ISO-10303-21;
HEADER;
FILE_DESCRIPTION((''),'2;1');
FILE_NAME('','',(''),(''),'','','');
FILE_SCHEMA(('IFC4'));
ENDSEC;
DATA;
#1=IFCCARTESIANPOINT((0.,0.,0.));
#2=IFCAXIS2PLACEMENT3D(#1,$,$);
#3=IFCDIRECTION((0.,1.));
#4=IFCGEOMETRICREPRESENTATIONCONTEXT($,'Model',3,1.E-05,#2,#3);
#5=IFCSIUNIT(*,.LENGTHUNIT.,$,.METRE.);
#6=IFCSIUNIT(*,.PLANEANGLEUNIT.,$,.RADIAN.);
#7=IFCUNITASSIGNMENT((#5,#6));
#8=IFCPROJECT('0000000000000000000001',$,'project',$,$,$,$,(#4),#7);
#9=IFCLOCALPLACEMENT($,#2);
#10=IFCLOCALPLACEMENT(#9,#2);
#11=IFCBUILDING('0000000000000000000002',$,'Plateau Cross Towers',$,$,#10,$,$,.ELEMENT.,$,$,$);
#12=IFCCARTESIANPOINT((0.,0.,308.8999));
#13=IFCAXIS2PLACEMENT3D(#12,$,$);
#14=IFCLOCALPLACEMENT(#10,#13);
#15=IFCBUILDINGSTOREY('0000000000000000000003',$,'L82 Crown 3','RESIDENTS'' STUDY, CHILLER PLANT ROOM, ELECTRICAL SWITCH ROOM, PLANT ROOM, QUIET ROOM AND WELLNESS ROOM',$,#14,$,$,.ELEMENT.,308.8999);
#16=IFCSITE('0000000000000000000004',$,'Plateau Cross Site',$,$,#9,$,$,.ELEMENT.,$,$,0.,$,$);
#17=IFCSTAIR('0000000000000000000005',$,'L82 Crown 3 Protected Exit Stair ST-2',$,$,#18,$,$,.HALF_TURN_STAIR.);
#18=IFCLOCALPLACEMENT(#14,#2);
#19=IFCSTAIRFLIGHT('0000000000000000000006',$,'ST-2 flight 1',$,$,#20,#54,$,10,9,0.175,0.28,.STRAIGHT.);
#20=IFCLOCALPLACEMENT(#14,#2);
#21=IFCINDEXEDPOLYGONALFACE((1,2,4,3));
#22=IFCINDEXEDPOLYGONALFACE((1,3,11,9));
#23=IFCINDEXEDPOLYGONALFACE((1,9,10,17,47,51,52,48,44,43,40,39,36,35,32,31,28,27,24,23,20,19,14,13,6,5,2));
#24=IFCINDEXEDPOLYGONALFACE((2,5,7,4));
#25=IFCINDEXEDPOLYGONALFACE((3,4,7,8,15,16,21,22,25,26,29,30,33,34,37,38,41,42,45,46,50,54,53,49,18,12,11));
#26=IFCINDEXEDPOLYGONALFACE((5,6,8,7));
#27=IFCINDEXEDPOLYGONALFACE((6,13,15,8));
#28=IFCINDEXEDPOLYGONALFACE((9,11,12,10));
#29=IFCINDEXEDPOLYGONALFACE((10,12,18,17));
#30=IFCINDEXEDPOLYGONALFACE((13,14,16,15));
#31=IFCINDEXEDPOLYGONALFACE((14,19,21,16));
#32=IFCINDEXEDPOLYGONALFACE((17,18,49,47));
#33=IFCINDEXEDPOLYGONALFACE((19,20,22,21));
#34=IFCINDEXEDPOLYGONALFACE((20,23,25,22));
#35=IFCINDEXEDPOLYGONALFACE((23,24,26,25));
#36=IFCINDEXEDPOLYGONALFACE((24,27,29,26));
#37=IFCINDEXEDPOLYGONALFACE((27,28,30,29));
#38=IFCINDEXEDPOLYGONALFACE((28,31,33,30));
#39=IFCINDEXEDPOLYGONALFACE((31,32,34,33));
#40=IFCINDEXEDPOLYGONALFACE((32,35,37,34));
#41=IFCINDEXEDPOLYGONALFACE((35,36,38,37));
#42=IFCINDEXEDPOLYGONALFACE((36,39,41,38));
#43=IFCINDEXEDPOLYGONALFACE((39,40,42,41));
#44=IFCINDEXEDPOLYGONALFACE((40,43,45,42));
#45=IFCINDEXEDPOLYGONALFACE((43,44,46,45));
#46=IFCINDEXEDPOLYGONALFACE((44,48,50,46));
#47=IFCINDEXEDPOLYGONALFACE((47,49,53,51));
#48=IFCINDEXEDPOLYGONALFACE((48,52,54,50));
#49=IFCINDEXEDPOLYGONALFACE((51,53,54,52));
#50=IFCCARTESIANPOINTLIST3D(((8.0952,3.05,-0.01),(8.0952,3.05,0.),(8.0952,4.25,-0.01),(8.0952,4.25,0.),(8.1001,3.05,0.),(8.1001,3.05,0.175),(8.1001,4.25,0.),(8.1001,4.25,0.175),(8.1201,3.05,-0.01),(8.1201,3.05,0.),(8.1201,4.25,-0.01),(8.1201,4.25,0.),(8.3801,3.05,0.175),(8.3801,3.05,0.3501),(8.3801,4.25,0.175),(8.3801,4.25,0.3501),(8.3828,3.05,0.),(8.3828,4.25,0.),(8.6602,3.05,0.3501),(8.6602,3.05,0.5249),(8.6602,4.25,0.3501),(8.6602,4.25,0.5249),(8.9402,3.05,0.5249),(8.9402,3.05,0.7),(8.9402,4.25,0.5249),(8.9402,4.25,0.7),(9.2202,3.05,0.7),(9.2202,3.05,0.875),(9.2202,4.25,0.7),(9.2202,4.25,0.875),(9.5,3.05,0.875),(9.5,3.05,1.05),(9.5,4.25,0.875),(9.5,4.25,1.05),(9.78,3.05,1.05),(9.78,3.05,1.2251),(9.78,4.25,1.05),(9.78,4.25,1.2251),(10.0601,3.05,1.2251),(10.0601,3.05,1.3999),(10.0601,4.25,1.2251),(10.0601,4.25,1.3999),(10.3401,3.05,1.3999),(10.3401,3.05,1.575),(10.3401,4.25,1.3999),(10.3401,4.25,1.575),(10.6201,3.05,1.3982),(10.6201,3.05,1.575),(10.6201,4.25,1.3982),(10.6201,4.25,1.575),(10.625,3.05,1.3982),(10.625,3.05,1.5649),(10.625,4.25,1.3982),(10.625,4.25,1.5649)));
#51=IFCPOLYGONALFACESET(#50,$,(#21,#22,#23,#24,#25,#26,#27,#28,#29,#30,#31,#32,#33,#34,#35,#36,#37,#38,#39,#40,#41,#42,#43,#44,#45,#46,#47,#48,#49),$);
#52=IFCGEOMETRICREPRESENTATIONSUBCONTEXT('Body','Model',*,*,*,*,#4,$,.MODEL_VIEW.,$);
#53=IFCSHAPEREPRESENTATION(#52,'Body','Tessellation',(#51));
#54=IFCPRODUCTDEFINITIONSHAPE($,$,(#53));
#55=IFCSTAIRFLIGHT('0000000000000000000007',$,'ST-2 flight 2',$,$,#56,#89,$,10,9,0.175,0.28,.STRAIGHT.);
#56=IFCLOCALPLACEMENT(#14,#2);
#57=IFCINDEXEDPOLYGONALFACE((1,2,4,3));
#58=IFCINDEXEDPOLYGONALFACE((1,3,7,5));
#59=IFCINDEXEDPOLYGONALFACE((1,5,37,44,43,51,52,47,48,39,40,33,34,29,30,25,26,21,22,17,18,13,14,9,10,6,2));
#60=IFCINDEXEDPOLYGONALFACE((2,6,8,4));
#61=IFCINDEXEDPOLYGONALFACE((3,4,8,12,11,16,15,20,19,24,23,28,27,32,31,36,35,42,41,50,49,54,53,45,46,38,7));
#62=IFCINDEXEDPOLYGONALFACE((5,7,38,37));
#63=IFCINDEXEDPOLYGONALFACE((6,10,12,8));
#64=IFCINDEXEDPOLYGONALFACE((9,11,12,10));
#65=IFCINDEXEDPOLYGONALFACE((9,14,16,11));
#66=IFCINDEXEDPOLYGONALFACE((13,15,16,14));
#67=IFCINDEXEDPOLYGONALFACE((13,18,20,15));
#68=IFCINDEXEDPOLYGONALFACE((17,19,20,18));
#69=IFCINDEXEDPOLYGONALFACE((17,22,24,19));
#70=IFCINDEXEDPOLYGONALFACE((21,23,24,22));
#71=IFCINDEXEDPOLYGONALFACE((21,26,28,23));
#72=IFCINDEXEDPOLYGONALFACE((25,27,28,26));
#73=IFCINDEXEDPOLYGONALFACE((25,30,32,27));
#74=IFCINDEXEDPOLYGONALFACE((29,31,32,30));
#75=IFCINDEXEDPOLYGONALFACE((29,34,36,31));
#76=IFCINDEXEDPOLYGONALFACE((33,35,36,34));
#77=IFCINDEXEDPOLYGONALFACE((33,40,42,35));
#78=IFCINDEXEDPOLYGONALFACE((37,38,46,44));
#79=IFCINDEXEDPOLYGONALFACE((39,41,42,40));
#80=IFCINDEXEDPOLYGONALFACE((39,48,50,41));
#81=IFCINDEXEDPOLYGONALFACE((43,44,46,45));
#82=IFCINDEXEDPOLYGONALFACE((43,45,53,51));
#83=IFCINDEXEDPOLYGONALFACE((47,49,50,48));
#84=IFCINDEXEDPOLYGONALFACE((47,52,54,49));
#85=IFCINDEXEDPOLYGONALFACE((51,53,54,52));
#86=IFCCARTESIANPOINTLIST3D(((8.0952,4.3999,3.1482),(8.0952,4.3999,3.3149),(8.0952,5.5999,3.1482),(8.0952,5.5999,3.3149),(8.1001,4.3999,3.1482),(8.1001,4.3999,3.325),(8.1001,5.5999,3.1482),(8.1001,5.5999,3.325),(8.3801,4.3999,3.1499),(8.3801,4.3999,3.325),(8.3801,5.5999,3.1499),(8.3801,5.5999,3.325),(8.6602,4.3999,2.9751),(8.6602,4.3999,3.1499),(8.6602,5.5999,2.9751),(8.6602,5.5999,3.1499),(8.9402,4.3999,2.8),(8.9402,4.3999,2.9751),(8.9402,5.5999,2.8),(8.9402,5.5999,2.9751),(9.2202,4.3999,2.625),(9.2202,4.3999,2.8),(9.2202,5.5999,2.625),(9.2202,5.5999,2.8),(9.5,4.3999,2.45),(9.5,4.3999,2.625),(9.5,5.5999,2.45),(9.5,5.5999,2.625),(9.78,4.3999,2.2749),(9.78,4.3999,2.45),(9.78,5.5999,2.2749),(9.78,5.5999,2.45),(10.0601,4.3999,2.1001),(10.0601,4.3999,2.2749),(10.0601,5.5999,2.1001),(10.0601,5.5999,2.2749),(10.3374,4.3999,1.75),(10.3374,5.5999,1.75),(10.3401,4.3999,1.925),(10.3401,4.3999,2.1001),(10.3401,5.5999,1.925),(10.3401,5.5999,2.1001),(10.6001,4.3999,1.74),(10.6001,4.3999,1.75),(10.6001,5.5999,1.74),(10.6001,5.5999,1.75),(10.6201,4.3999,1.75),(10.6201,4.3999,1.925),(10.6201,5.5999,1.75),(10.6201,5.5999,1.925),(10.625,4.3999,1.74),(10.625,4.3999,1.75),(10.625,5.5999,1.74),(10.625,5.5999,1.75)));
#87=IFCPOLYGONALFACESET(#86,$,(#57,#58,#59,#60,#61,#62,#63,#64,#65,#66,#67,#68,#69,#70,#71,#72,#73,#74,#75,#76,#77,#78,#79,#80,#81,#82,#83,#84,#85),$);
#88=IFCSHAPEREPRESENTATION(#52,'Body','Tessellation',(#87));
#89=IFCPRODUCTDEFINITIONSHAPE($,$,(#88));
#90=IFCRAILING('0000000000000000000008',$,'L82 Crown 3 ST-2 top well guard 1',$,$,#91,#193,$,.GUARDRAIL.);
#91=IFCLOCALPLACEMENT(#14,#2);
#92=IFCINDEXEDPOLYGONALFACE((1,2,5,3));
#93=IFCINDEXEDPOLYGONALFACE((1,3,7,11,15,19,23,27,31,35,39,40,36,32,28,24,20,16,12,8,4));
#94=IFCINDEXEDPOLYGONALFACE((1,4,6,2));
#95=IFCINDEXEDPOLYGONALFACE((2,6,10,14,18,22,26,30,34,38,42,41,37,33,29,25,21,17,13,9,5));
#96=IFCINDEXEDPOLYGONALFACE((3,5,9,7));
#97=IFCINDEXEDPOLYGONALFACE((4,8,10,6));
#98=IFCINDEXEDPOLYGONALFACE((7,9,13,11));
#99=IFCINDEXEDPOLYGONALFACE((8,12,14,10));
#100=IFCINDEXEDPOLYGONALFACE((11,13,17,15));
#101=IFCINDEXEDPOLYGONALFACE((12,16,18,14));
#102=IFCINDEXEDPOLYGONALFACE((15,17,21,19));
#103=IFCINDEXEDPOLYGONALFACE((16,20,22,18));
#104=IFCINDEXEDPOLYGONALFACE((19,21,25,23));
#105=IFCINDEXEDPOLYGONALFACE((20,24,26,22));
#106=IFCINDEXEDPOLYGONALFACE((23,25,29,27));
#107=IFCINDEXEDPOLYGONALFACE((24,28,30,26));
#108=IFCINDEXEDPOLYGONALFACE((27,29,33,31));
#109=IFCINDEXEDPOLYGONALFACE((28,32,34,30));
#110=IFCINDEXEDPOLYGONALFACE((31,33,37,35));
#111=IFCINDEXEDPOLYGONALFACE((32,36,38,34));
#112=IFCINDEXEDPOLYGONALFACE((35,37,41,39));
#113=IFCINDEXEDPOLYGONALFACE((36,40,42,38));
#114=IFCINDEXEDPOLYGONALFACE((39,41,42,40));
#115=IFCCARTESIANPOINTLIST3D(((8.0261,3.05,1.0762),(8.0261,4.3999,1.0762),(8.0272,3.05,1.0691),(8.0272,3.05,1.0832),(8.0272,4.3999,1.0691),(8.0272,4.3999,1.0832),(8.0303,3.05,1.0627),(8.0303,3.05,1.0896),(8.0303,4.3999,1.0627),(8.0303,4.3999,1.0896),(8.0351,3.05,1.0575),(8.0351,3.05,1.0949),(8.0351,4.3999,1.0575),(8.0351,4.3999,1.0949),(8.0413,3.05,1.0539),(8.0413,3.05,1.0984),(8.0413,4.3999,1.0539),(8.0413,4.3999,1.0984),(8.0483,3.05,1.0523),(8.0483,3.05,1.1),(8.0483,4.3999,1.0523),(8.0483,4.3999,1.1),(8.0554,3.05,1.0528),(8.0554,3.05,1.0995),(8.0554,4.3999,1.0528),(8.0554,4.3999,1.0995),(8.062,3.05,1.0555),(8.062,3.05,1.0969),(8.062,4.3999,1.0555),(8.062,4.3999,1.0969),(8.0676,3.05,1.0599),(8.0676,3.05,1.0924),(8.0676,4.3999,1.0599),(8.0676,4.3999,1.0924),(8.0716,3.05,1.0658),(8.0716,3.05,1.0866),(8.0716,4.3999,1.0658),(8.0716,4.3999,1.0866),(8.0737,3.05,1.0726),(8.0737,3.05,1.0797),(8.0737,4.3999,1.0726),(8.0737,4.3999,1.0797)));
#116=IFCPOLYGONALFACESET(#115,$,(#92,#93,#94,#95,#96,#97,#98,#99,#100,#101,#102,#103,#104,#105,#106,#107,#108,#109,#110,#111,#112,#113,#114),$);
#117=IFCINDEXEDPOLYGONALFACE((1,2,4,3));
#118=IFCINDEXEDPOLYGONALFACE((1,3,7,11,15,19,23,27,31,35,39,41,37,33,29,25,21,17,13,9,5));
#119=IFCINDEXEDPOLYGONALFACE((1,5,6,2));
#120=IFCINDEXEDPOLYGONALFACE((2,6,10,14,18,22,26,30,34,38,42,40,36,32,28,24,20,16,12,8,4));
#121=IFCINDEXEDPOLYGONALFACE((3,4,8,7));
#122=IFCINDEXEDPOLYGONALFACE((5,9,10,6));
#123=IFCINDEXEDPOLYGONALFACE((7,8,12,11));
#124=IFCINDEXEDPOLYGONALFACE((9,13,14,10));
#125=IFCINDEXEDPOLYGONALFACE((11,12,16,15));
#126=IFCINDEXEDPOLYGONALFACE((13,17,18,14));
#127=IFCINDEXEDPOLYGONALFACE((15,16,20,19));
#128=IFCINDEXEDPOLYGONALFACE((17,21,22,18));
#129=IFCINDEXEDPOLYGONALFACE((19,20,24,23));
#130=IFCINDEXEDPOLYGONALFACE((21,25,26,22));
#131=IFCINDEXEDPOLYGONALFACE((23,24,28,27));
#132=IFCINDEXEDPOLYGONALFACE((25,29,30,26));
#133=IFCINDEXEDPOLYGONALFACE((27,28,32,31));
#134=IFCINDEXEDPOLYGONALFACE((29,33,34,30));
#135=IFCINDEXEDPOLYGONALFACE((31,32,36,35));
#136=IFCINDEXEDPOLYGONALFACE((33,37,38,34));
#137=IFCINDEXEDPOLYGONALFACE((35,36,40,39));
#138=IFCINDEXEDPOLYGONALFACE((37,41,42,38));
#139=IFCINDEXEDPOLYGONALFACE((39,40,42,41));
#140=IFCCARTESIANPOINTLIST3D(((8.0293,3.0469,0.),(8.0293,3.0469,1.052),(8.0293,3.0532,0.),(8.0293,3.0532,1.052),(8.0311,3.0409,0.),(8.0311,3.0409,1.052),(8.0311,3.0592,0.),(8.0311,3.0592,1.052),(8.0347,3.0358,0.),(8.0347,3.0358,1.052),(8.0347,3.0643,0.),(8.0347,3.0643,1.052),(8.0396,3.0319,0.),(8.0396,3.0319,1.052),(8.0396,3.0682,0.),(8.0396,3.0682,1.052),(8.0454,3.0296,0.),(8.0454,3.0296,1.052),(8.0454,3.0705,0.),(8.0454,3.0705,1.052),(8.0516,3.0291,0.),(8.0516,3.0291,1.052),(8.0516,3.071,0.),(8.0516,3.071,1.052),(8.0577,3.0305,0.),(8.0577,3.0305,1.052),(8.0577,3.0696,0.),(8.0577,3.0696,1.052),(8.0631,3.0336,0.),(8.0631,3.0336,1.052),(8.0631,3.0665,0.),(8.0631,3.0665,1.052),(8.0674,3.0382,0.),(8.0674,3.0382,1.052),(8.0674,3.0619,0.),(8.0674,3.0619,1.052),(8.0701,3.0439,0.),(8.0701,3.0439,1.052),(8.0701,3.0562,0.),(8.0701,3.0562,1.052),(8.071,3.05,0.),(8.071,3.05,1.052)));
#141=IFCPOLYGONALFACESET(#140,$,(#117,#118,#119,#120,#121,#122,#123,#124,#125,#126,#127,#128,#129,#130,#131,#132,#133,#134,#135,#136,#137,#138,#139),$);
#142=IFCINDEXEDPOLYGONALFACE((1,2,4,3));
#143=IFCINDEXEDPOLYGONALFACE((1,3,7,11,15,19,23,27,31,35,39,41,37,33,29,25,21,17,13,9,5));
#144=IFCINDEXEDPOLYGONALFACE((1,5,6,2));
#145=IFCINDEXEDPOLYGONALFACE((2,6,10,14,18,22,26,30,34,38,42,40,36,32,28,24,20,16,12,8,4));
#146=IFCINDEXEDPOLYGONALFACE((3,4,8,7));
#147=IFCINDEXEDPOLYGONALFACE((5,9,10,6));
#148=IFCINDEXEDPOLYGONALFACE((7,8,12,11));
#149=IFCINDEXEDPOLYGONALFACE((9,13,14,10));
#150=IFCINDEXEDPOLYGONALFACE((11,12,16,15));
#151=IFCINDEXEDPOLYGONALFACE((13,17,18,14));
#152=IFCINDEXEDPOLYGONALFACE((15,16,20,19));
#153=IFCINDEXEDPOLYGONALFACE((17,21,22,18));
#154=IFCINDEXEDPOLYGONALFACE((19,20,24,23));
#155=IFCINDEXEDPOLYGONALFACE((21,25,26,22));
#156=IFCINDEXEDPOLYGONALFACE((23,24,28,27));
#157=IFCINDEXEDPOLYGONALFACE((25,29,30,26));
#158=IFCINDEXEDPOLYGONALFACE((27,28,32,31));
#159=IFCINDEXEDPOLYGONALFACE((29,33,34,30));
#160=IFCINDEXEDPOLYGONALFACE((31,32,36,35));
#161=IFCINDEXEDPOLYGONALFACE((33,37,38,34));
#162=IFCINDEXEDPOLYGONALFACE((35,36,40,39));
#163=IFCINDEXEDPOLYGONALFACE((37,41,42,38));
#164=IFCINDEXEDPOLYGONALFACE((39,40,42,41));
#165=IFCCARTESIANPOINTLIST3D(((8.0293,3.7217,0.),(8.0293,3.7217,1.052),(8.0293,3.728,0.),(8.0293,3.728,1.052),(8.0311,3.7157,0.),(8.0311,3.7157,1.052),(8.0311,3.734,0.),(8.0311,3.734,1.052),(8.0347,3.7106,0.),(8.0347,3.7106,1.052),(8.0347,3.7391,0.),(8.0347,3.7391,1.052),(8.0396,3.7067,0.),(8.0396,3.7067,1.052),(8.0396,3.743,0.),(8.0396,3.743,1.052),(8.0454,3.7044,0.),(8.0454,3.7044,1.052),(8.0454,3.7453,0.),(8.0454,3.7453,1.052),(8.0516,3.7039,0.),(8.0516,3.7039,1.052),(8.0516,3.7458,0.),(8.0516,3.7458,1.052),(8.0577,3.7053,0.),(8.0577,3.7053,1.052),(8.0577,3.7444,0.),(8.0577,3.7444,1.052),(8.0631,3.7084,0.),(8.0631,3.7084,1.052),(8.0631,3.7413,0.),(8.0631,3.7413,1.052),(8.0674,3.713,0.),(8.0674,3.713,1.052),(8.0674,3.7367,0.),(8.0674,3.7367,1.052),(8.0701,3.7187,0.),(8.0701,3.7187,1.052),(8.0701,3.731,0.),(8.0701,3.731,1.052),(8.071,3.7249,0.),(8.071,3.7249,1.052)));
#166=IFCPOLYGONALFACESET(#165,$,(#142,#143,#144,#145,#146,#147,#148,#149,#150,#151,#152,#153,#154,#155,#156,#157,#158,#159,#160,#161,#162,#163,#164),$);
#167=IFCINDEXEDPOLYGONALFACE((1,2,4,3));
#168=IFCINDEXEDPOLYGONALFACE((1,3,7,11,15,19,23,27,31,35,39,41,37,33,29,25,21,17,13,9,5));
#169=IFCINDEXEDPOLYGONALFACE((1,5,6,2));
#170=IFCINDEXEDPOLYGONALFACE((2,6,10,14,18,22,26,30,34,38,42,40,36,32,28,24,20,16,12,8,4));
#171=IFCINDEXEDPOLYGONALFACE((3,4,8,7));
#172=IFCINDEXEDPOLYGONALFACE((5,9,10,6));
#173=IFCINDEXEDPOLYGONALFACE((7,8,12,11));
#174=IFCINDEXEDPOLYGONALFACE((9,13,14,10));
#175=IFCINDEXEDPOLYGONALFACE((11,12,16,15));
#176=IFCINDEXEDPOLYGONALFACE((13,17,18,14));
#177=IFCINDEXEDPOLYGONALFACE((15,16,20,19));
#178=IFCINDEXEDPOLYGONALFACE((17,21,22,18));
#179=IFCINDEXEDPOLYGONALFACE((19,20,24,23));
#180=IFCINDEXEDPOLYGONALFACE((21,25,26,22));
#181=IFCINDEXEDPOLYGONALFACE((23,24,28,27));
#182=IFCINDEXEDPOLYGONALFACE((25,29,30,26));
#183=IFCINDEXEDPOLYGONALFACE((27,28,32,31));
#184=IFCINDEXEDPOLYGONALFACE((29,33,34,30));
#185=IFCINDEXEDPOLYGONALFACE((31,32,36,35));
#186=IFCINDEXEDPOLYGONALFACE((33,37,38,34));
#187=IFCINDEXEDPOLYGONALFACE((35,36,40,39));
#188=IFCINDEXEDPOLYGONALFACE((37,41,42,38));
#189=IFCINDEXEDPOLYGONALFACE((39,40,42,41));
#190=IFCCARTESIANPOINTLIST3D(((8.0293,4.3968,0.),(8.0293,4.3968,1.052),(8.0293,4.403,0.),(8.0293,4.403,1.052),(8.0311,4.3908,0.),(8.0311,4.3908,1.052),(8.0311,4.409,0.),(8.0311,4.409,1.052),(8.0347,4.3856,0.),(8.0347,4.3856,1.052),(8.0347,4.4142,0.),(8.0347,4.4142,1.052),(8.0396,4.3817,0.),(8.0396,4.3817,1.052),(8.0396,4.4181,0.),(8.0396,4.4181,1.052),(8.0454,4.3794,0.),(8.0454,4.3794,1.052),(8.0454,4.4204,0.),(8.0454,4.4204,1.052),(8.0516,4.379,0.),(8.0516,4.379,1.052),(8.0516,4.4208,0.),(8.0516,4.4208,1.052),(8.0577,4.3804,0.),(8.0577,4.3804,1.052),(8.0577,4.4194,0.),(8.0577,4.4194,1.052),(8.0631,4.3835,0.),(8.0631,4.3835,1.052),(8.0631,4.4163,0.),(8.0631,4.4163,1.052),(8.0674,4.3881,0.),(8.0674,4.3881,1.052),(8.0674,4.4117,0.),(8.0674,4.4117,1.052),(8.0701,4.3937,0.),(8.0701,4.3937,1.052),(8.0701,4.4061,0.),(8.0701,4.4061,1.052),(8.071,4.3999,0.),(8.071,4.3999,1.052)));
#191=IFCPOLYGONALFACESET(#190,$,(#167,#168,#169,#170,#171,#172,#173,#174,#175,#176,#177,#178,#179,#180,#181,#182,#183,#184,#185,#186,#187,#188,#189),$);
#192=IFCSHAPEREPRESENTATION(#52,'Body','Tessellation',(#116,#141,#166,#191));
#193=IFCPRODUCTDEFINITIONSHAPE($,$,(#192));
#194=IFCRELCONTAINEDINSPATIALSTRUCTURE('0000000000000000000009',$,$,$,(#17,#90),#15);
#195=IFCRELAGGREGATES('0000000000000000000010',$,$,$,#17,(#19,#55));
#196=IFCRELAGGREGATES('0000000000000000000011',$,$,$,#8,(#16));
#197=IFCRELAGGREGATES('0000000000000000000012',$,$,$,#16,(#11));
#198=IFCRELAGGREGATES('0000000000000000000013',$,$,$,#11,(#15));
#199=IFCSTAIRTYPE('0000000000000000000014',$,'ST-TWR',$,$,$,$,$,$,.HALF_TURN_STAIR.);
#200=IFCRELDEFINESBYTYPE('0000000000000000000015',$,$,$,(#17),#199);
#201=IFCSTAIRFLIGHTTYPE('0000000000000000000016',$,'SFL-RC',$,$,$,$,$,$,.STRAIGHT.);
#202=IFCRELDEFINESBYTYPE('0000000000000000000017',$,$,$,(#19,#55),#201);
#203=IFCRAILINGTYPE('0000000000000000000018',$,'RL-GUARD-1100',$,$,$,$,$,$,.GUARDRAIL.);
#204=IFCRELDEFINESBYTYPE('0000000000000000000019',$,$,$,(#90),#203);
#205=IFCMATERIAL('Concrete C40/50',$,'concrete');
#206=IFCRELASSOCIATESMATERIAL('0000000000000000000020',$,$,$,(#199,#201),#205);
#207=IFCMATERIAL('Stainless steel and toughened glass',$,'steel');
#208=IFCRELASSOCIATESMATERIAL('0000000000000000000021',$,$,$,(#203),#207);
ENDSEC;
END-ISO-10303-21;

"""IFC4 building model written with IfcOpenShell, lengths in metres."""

from ifc_helpers import new_model, si_unit, direction, frame, origin, origin_2d, place, context, subcontext, project, spatial, polyline, circle, outline, extrude, material, type_object, element, aggregate, save


model = new_model("IFC4")

# Units and contexts
model_context = context("Model", 3, precision=1e-05, world=origin(), true_north=direction((0.0, 1.0)))
body_context = subcontext(model_context, "Body", "Model", "MODEL_VIEW")
ifc_project = project(units=[si_unit("LENGTHUNIT", "METRE"), si_unit("PLANEANGLEUNIT", "RADIAN")], contexts=[model_context])

# Site, building, storey
site_placement = place(None, origin())
site = spatial("IfcSite", under=ifc_project, at=site_placement, Name="Plateau Cross Site", CompositionType="ELEMENT", RefElevation=0.0)
building_placement = place(site_placement, origin())
building = spatial("IfcBuilding", under=site, at=building_placement, Name="Plateau Cross Towers", CompositionType="ELEMENT")
storey_placement = place(building_placement, frame((0.0, 0.0, 308.8999)))
storey = spatial("IfcBuildingStorey", under=building, at=storey_placement, Name="L82 Crown 3", Description="RESIDENTS' STUDY, CHILLER PLANT ROOM, ELECTRICAL SWITCH ROOM, PLANT ROOM, QUIET ROOM AND WELLNESS ROOM", CompositionType="ELEMENT", Elevation=308.8999)

# Stair, stair flights
ifc_material_1 = material(Name="Concrete C40/50", Category="concrete")
stair_type = type_object("IfcStairType", Name="ST-TWR", PredefinedType="HALF_TURN_STAIR", material=ifc_material_1)
stair_placement = place(storey_placement, origin())
stair = element("IfcStair", 1, at=stair_placement, inside=storey, type_object=stair_type, Name="L82 Crown 3 Protected Exit Stair ST-2", PredefinedType="HALF_TURN_STAIR")
stair_flight_type = type_object("IfcStairFlightType", Name="SFL-RC", PredefinedType="STRAIGHT", material=ifc_material_1)
stair_flight_1_placement = place(storey_placement, frame((8.1001, 3.6499, 0.0), z_axis=(0.0, 0.0, 1.0), x_axis=(1.0, 0.0, 0.0)))
stair_flight_1 = element("IfcStairFlight", 2, at=stair_flight_1_placement, type_object=stair_flight_type, Name="ST-2 flight 1", NumberOfRisers=10, NumberOfTreads=9, PredefinedType="STRAIGHT", RiserHeight=0.175, TreadLength=0.28, context=body_context, shape_type="SweptSolid", body=[
    extrude(outline(polyline([(-0.0049, -0.01), (-0.0049, 0.0), (0.0, 0.0), (0.0, 0.175), (0.28, 0.175), (0.28, 0.3501), (0.5601, 0.3501), (0.5601, 0.5249), (0.8401, 0.5249), (0.8401, 0.7), (1.1201, 0.7), (1.1201, 0.875), (1.3999, 0.875), (1.3999, 1.05), (1.6799, 1.05), (1.6799, 1.2251), (1.96, 1.2251), (1.96, 1.3999), (2.24, 1.3999), (2.24, 1.575), (2.52, 1.575), (2.5249, 1.5649), (2.5249, 1.3982), (2.52, 1.3982), (0.2827, 0.0), (0.02, 0.0), (0.02, -0.01), (-0.0049, -0.01)])), frame((0.0, 0.6001, 0.0), z_axis=(0.0, -1.0, 0.0), x_axis=(1.0, 0.0, 0.0)), (0.0, 0.0, 1.0), 1.2),
])
stair_flight_2_placement = place(storey_placement, frame((10.6201, 5.0, 1.75), z_axis=(0.0, 0.0, 1.0), x_axis=(-1.0, 0.0, 0.0)))
stair_flight_2 = element("IfcStairFlight", 3, at=stair_flight_2_placement, type_object=stair_flight_type, Name="ST-2 flight 2", NumberOfRisers=10, NumberOfTreads=9, PredefinedType="STRAIGHT", RiserHeight=0.175, TreadLength=0.28, context=body_context, shape_type="SweptSolid", body=[
    extrude(outline(polyline([(-0.0049, -0.01), (-0.0049, 0.0), (0.0, 0.0), (0.0, 0.175), (0.28, 0.175), (0.28, 0.3501), (0.5601, 0.3501), (0.5601, 0.5249), (0.8401, 0.5249), (0.8401, 0.7), (1.1201, 0.7), (1.1201, 0.875), (1.3999, 0.875), (1.3999, 1.05), (1.6799, 1.05), (1.6799, 1.2251), (1.96, 1.2251), (1.96, 1.3999), (2.24, 1.3999), (2.24, 1.575), (2.52, 1.575), (2.5249, 1.5649), (2.5249, 1.3982), (2.52, 1.3982), (0.2827, 0.0), (0.02, 0.0), (0.02, -0.01), (-0.0049, -0.01)])), frame((0.0, 0.6001, 0.0), z_axis=(0.0, -1.0, 0.0), x_axis=(1.0, 0.0, 0.0)), (0.0, 0.0, 1.0), 1.2),
])
aggregate(stair, [stair_flight_1, stair_flight_2])

# Railing
ifc_material_2 = material(Name="Stainless steel and toughened glass", Category="steel")
railing_type_1 = type_object("IfcRailingType", Name="RL-GUARD-1100", PredefinedType="GUARDRAIL", material=ifc_material_2)
railing_1_placement = place(storey_placement, frame((8.05, 3.05, 0.0)))
element("IfcRailing", 4, at=railing_1_placement, inside=storey, type_object=railing_type_1, Name="L82 Crown 3 ST-2 top well guard 1", PredefinedType="GUARDRAIL", context=body_context, shape_type="SweptSolid", body=[
    extrude(circle(Radius=0.0239, at=origin_2d()), frame((0.0, 0.0, 1.0762), z_axis=(0.0, 1.0, 0.0), x_axis=(-1.0, 0.0, 0.0)), (0.0, 0.0, 1.0), 1.3499),
    extrude(circle(Radius=0.021, at=origin_2d()), origin(), (0.0, 0.0, 1.0), 1.052),
    extrude(circle(Radius=0.021, at=origin_2d()), frame((0.0, 0.6748, 0.0)), (0.0, 0.0, 1.0), 1.052),
    extrude(circle(Radius=0.021, at=origin_2d()), frame((0.0, 1.3499, 0.0)), (0.0, 0.0, 1.0), 1.052),
])

save(model, "model.ifc")
